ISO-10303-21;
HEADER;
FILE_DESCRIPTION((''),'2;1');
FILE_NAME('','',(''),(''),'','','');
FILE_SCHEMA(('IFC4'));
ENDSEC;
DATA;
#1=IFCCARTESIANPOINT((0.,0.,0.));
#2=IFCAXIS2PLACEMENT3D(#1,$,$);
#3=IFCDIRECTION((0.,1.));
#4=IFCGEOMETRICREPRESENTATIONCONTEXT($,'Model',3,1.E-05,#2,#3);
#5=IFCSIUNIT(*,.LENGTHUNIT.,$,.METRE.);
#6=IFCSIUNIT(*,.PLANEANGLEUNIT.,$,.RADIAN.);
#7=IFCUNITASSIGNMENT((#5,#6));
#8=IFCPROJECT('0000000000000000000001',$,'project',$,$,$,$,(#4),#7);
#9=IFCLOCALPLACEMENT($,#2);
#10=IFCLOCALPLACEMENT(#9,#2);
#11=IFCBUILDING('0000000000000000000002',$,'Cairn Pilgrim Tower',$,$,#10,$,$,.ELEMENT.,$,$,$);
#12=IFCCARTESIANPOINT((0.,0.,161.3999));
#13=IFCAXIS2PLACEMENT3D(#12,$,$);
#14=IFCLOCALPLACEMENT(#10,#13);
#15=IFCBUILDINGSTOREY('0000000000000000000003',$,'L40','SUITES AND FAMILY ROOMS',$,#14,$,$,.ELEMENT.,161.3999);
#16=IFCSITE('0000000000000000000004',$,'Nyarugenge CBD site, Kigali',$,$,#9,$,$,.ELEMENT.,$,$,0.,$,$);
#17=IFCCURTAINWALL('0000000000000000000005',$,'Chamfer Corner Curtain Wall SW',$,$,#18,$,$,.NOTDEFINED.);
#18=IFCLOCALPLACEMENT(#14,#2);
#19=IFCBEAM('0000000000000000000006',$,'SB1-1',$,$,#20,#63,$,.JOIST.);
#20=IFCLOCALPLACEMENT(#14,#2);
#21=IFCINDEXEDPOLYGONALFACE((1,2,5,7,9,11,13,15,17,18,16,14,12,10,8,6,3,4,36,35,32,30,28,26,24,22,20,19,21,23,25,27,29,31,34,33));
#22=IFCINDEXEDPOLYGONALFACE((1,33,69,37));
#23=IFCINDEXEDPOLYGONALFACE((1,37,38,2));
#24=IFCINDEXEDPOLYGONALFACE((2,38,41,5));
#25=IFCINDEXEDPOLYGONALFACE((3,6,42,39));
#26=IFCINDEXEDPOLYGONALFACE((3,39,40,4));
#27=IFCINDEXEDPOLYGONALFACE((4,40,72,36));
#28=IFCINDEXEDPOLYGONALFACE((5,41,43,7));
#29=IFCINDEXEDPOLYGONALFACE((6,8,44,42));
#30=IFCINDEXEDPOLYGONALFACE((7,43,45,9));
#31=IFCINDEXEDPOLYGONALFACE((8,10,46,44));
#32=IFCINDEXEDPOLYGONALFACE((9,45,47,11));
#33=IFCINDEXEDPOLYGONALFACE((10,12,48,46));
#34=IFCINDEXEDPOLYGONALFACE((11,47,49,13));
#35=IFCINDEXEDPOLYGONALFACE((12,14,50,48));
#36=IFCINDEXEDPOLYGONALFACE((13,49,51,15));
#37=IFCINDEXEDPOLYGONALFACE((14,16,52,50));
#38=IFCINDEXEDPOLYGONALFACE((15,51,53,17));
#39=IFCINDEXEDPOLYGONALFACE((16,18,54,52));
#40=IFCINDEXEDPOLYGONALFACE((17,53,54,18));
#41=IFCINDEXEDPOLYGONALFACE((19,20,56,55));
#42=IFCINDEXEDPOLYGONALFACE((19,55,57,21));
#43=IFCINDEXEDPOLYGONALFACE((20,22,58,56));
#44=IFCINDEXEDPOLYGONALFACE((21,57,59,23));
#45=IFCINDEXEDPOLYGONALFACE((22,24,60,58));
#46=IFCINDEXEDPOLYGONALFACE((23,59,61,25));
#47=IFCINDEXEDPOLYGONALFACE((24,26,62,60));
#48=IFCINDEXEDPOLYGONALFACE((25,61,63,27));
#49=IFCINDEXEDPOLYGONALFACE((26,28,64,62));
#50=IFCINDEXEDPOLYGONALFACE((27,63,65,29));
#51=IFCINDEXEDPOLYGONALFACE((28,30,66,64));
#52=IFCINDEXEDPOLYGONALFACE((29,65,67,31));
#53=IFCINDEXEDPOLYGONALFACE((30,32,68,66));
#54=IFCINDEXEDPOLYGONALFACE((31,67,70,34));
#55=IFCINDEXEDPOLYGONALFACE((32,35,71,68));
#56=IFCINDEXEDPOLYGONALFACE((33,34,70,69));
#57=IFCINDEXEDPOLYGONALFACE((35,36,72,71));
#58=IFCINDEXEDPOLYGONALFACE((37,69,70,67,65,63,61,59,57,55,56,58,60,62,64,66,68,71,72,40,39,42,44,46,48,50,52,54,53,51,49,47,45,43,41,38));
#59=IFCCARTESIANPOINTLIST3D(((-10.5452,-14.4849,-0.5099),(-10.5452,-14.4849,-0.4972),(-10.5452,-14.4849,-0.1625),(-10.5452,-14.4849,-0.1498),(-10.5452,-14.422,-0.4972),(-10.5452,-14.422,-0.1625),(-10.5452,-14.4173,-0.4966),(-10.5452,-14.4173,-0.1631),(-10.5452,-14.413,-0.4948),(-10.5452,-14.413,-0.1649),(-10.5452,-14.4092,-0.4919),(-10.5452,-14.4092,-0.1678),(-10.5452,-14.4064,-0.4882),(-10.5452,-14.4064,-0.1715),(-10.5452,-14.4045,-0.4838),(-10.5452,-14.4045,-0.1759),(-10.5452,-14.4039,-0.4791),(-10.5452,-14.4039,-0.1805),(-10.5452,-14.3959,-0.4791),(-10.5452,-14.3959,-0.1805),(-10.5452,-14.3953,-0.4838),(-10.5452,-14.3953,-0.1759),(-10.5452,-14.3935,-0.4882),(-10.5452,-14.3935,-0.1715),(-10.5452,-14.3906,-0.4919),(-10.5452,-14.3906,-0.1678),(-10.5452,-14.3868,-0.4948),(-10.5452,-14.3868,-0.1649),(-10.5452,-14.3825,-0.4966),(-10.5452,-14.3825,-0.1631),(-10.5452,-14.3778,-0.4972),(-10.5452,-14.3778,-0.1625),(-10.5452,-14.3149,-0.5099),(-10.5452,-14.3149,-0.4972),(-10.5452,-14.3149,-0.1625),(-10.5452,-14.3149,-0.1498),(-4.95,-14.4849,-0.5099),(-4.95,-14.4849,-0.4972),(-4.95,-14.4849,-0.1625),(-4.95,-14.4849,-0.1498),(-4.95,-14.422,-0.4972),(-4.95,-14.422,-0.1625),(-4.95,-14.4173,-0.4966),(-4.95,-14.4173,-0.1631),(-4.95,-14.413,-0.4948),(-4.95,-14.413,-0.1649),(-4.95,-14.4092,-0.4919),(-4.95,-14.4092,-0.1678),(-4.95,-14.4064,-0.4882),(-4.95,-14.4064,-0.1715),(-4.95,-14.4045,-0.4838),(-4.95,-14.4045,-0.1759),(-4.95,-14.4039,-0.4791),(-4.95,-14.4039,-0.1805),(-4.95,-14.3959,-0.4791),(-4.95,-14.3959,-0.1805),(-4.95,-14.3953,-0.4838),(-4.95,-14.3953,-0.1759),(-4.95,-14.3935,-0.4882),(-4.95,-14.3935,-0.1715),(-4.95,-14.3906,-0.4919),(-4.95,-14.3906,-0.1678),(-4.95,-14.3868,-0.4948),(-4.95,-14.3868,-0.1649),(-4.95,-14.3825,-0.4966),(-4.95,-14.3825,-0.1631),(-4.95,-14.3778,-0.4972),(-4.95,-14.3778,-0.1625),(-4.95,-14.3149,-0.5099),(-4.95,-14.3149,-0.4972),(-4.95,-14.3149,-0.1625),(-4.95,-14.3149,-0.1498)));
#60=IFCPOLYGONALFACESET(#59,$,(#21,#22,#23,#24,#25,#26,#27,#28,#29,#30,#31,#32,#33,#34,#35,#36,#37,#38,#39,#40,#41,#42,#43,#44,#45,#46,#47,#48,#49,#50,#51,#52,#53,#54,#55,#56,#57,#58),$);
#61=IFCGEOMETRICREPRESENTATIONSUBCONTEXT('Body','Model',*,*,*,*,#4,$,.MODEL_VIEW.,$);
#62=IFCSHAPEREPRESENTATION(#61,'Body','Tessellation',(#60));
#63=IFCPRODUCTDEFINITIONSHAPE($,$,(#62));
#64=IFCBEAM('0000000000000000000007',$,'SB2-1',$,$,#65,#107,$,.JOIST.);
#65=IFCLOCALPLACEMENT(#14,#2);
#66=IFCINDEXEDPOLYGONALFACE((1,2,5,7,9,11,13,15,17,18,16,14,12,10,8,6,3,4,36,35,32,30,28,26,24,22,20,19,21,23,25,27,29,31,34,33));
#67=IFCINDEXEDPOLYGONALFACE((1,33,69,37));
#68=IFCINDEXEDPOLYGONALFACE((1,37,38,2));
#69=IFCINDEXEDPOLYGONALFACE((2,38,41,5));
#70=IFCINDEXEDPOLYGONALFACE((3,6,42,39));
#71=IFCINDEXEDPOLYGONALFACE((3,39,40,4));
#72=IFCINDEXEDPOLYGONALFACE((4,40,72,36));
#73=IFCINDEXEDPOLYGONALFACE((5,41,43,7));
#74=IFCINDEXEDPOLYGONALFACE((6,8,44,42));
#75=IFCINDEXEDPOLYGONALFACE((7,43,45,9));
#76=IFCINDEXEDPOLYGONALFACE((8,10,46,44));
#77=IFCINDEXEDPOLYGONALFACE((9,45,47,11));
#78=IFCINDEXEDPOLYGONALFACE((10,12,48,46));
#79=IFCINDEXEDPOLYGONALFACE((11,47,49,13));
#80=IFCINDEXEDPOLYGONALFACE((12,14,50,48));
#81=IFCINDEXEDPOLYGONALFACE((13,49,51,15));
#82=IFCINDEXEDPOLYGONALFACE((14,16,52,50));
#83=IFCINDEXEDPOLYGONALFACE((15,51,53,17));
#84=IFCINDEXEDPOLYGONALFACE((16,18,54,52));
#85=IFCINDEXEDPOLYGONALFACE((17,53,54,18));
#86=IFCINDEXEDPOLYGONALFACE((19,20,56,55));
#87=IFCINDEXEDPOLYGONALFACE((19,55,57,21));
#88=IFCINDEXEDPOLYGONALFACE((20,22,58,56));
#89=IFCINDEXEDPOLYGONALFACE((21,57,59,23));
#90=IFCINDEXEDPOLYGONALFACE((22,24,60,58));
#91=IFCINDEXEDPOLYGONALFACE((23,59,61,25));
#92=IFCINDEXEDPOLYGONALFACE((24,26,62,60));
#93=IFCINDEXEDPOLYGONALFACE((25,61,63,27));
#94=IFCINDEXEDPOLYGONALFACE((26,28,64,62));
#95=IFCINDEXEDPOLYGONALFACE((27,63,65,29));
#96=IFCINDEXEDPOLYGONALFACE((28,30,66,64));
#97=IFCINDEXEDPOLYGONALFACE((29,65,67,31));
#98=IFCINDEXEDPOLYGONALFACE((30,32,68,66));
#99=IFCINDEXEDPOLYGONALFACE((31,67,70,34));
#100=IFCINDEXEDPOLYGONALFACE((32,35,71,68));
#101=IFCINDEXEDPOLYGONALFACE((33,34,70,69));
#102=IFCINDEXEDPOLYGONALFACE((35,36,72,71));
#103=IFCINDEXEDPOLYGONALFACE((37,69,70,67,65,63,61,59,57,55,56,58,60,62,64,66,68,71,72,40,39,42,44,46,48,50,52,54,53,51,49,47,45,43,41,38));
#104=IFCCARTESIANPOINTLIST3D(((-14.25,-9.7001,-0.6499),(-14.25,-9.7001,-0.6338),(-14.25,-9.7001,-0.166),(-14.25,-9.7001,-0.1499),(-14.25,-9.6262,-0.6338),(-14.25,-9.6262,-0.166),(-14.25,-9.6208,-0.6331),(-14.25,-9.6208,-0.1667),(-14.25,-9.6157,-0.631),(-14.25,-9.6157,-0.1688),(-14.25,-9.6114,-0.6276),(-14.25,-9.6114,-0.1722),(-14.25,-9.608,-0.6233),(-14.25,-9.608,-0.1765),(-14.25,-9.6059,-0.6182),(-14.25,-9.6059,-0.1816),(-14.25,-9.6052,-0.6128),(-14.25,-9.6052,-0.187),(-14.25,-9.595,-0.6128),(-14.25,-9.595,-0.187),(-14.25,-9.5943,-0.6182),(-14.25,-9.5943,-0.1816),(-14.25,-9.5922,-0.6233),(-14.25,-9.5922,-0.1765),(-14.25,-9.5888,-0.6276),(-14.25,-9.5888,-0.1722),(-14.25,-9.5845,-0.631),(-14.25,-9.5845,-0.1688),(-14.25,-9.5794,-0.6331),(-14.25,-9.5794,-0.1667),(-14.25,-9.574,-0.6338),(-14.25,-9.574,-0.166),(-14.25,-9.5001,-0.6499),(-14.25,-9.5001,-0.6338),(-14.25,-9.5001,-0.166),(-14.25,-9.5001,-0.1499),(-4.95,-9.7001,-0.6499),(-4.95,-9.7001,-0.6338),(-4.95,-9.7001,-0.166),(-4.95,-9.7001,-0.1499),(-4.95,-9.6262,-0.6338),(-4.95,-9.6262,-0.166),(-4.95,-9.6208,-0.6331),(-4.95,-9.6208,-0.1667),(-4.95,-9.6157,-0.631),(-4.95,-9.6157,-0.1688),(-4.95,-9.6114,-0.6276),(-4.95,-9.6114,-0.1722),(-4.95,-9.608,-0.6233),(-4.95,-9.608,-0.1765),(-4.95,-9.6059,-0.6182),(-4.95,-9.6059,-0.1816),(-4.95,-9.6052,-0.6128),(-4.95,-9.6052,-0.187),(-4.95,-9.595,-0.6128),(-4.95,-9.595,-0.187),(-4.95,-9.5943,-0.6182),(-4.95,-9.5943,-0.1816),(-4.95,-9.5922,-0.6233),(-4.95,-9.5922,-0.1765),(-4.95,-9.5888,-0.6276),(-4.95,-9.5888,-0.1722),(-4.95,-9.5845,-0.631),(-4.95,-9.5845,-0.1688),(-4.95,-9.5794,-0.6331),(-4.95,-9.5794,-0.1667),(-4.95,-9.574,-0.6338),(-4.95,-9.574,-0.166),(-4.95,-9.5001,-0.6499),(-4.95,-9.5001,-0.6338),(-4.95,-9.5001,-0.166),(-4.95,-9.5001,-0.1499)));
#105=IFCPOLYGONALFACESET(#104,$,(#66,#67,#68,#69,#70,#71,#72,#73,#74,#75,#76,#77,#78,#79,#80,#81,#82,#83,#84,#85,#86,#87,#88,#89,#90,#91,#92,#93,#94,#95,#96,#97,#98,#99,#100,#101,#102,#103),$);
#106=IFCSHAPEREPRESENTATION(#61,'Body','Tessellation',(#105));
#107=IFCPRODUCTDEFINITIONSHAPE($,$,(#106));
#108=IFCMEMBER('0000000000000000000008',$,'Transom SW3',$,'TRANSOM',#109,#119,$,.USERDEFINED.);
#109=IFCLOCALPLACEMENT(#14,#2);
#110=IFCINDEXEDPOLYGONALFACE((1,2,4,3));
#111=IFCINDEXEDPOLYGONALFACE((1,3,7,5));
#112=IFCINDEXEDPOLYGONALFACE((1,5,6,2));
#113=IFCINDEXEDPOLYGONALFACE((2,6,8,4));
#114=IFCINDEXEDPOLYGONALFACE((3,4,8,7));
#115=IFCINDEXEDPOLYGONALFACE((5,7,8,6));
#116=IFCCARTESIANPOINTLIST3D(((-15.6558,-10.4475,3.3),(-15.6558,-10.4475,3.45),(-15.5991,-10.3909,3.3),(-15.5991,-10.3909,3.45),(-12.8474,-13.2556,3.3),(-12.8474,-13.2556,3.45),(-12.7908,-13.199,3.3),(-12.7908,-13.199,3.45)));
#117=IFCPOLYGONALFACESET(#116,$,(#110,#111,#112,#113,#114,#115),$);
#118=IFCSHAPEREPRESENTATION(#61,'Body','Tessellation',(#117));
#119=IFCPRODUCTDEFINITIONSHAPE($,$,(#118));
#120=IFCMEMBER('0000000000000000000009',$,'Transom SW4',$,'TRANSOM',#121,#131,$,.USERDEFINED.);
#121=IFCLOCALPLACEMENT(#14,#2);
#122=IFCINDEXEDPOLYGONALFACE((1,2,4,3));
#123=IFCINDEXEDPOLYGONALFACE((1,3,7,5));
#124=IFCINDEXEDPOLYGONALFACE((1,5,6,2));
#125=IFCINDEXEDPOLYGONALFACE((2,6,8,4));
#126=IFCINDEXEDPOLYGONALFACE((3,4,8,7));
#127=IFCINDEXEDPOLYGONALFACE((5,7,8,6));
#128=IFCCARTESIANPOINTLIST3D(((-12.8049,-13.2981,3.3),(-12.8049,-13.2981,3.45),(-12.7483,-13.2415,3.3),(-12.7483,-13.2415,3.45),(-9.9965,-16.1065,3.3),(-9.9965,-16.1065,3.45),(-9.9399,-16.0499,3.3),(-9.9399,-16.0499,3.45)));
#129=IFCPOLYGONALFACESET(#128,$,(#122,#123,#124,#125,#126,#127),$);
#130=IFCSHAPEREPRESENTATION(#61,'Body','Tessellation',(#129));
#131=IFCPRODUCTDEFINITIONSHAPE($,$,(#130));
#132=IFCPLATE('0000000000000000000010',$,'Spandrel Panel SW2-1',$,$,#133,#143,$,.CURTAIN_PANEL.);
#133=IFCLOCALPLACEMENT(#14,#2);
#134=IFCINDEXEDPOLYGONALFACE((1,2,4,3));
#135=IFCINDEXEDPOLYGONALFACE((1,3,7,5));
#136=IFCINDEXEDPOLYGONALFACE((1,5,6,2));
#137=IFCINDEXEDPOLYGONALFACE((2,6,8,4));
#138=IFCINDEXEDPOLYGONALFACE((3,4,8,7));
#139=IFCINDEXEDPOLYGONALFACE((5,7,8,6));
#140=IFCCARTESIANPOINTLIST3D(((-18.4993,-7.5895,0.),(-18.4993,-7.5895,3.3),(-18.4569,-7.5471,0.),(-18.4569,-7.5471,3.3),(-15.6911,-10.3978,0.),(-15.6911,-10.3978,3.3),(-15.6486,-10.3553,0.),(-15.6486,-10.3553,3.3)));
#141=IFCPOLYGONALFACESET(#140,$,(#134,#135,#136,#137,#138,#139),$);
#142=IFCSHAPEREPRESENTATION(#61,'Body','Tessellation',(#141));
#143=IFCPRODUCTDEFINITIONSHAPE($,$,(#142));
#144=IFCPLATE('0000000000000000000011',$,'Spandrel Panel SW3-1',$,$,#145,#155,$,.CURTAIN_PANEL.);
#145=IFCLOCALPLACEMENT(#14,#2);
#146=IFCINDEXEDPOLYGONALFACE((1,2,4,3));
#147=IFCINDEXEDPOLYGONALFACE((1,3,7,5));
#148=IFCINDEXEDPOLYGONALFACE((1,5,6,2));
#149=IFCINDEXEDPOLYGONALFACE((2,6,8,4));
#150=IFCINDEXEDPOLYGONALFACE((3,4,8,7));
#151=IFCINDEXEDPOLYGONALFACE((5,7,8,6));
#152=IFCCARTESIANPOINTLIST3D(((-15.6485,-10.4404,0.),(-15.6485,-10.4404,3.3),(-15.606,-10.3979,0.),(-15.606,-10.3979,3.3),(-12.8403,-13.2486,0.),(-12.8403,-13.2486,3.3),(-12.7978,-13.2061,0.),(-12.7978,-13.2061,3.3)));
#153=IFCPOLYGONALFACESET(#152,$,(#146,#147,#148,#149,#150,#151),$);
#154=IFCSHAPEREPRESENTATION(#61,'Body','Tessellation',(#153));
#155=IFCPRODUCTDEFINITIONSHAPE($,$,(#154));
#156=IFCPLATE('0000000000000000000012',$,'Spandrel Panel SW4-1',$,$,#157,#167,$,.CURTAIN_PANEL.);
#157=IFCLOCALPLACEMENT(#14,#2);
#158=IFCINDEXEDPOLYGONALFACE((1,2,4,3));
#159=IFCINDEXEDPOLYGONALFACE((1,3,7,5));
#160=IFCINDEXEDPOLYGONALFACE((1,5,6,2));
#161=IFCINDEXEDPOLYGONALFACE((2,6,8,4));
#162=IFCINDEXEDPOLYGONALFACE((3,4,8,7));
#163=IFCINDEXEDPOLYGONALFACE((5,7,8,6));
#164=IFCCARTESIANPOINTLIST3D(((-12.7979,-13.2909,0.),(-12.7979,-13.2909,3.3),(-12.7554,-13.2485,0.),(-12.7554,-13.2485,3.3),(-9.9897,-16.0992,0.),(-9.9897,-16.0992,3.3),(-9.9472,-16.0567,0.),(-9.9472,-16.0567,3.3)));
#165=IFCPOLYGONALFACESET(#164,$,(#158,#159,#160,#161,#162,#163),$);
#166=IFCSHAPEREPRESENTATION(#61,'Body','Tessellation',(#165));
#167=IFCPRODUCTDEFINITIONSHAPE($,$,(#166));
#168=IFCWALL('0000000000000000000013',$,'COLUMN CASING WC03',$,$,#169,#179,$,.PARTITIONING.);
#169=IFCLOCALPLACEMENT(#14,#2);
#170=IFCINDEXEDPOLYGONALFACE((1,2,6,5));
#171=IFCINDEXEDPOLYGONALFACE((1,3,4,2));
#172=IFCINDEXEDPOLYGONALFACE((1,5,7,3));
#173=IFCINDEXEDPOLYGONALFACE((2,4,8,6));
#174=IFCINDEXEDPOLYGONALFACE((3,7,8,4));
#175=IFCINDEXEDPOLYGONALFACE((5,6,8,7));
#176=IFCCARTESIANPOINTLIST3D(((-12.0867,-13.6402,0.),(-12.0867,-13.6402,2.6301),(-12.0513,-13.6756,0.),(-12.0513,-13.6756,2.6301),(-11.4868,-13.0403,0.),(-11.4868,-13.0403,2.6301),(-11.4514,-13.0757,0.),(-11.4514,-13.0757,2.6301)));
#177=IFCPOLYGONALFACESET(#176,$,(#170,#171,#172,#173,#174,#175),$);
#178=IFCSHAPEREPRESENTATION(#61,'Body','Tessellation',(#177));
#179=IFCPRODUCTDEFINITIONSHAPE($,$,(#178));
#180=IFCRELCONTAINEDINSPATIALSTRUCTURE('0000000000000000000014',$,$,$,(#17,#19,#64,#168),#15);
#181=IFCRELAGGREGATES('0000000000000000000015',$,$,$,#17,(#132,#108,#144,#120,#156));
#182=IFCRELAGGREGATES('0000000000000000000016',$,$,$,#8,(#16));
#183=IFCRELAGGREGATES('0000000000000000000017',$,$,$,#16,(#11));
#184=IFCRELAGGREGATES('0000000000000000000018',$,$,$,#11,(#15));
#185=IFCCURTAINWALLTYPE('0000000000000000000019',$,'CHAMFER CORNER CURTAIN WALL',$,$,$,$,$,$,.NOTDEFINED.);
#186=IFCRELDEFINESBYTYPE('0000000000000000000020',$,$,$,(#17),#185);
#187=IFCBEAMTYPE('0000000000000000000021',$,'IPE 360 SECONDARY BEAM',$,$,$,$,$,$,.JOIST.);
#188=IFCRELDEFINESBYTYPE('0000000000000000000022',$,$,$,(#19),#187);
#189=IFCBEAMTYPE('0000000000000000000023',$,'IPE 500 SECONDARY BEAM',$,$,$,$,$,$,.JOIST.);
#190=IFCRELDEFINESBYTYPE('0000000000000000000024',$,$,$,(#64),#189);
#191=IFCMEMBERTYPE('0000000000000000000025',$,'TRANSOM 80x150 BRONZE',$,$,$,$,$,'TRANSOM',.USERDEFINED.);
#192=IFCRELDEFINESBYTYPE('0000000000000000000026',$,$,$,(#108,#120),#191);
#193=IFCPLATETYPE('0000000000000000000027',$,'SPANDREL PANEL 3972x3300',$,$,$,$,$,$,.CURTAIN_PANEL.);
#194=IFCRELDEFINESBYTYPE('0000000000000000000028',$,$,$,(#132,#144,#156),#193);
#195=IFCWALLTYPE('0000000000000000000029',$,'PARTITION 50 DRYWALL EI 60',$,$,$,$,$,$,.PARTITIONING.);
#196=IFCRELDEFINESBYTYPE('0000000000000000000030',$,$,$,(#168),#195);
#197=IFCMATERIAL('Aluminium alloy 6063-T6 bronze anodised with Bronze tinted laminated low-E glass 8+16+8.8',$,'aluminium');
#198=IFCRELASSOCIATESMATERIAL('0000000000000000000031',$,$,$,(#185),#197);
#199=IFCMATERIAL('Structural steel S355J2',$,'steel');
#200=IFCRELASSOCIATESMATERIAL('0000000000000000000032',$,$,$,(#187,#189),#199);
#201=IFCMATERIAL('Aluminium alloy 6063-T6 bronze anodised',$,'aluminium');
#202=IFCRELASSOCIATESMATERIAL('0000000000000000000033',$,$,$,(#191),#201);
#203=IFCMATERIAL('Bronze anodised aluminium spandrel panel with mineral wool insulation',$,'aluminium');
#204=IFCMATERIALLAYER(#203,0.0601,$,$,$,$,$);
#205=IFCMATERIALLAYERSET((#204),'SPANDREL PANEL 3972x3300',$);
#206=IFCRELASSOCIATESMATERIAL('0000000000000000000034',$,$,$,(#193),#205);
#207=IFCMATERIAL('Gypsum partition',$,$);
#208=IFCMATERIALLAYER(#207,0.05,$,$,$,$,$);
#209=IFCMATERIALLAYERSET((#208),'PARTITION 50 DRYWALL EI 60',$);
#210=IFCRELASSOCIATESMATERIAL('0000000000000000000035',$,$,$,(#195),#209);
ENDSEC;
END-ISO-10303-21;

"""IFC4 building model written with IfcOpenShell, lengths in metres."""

from ifc_helpers import new_model, si_unit, direction, frame, frame_2d, origin, origin_2d, place, context, subcontext, project, spatial, rectangle, i_section, extrude, material, layer, layer_set, material_profile, profile_set, type_object, element, aggregate, save


model = new_model("IFC4")

# Units and contexts
model_context = context("Model", 3, precision=1e-05, world=origin(), true_north=direction((0.0, 1.0)))
body_context = subcontext(model_context, "Body", "Model", "MODEL_VIEW")
ifc_project = project(units=[si_unit("LENGTHUNIT", "METRE"), si_unit("PLANEANGLEUNIT", "RADIAN")], contexts=[model_context])

# Site, building, storey
site_placement = place(None, origin())
site = spatial("IfcSite", under=ifc_project, at=site_placement, Name="Nyarugenge CBD site, Kigali", CompositionType="ELEMENT", RefElevation=0.0)
building_placement = place(site_placement, origin())
building = spatial("IfcBuilding", under=site, at=building_placement, Name="Cairn Pilgrim Tower", CompositionType="ELEMENT")
storey_placement = place(building_placement, frame((0.0, 0.0, 161.3999)))
storey = spatial("IfcBuildingStorey", under=building, at=storey_placement, Name="L40", Description="SUITES AND FAMILY ROOMS", CompositionType="ELEMENT", Elevation=161.3999)

# Shared definitions
ifc_material_1 = material(Name="Structural steel S355J2", Category="steel")

# Curtain wall
ifc_material_2 = material(Name="Aluminium alloy 6063-T6 bronze anodised with Bronze tinted laminated low-E glass 8+16+8.8", Category="aluminium")
curtain_wall_type = type_object("IfcCurtainWallType", Name="CHAMFER CORNER CURTAIN WALL", PredefinedType="NOTDEFINED", material=ifc_material_2)
curtain_wall_placement = place(storey_placement, origin())
curtain_wall = element("IfcCurtainWall", 1, at=curtain_wall_placement, inside=storey, type_object=curtain_wall_type, Name="Chamfer Corner Curtain Wall SW", PredefinedType="NOTDEFINED")
ifc_material_3 = material(Name="Aluminium alloy 6063-T6 bronze anodised", Category="aluminium")

# Beams
ifc_material_profile_1 = material_profile(ifc_material_1, i_section(OverallWidth=0.1699, OverallDepth=0.3601, WebThickness=0.0081, FlangeThickness=0.0127, FilletRadius=0.0181, at=origin_2d()), Name="IPE 360")
ifc_profile_set_1 = profile_set([ifc_material_profile_1], Name="Structural steel S355J2")
beam_type_1 = type_object("IfcBeamType", Name="IPE 360 SECONDARY BEAM", PredefinedType="JOIST", material=ifc_profile_set_1)
beam_1_placement = place(storey_placement, frame((-10.5452, -14.3999, -0.3298), z_axis=(1.0, 0.0, 0.0), x_axis=(0.0, 1.0, 0.0)))
element("IfcBeam", 2, at=beam_1_placement, inside=storey, type_object=beam_type_1, Name="SB1-1", PredefinedType="JOIST", context=body_context, shape_type="SweptSolid", body=[
    extrude(i_section(OverallWidth=0.1699, OverallDepth=0.3601, WebThickness=0.0081, FlangeThickness=0.0127, FilletRadius=0.0181, at=origin_2d()), origin(), (0.0, 0.0, 1.0), 5.5952),
])
ifc_material_profile_2 = material_profile(ifc_material_1, i_section(OverallWidth=0.2, OverallDepth=0.5, WebThickness=0.0103, FlangeThickness=0.0161, FilletRadius=0.021, at=origin_2d()), Name="IPE 500")
ifc_profile_set_2 = profile_set([ifc_material_profile_2], Name="Structural steel S355J2")
beam_type_2 = type_object("IfcBeamType", Name="IPE 500 SECONDARY BEAM", PredefinedType="JOIST", material=ifc_profile_set_2)
beam_2_placement = place(storey_placement, frame((-14.25, -9.6001, -0.3999), z_axis=(1.0, 0.0, 0.0), x_axis=(0.0, 1.0, 0.0)))
element("IfcBeam", 3, at=beam_2_placement, inside=storey, type_object=beam_type_2, Name="SB2-1", PredefinedType="JOIST", context=body_context, shape_type="SweptSolid", body=[
    extrude(i_section(OverallWidth=0.2, OverallDepth=0.5, WebThickness=0.0103, FlangeThickness=0.0161, FilletRadius=0.021, at=origin_2d()), origin(), (0.0, 0.0, 1.0), 9.3),
])

# Members
ifc_material_profile_3 = material_profile(ifc_material_3, rectangle(XDim=0.0801, YDim=0.1499, at=origin_2d()), Name="TRANSOM 80x150 BRONZE")
ifc_profile_set_3 = profile_set([ifc_material_profile_3], Name="Aluminium alloy 6063-T6 bronze anodised")
member_type_1 = type_object("IfcMemberType", Name="TRANSOM 80x150 BRONZE", ElementType="TRANSOM", PredefinedType="USERDEFINED", material=ifc_profile_set_3)
member_1_placement = place(storey_placement, frame((-15.6274, -10.4192, 3.375), z_axis=(0.707138, -0.707076, 0.0), x_axis=(0.707076, 0.707138, 0.0)))
member_1 = element("IfcMember", 4, at=member_1_placement, type_object=member_type_1, Name="Transom SW3", ObjectType="TRANSOM", PredefinedType="USERDEFINED", context=body_context, shape_type="SweptSolid", body=[
    extrude(rectangle(XDim=0.0801, YDim=0.1499, at=origin_2d()), origin(), (0.0, 0.0, 1.0), 3.9714),
])
member_2_placement = place(storey_placement, frame((-12.7766, -13.2698, 3.375), z_axis=(0.707107, -0.707107, 0.0), x_axis=(0.707107, 0.707107, 0.0)))
member_2 = element("IfcMember", 5, at=member_2_placement, type_object=member_type_1, Name="Transom SW4", ObjectType="TRANSOM", PredefinedType="USERDEFINED", context=body_context, shape_type="SweptSolid", body=[
    extrude(rectangle(XDim=0.0801, YDim=0.1499, at=origin_2d()), origin(), (0.0, 0.0, 1.0), 3.9717),
])

# Plates
ifc_material_4 = material(Name="Bronze anodised aluminium spandrel panel with mineral wool insulation", Category="aluminium")
ifc_layer_1 = layer(ifc_material_4, 0.0601)
ifc_layer_set_1 = layer_set([ifc_layer_1], Name="SPANDREL PANEL 3972x3300")
plate_type = type_object("IfcPlateType", Name="SPANDREL PANEL 3972x3300", PredefinedType="CURTAIN_PANEL", material=ifc_layer_set_1)
plate_1_placement = place(storey_placement, frame((-17.074, -8.9724, 0.0), z_axis=(0.0, 0.0, 1.0), x_axis=(0.707107, -0.707107, 0.0)))
plate_1 = element("IfcPlate", 6, at=plate_1_placement, type_object=plate_type, Name="Spandrel Panel SW2-1", PredefinedType="CURTAIN_PANEL", context=body_context, shape_type="SweptSolid", body=[
    extrude(rectangle(XDim=3.9714, YDim=0.0601, at=origin_2d()), origin(), (0.0, 0.0, 1.0), 3.3),
])
plate_2_placement = place(storey_placement, frame((-14.2231, -11.8232, 0.0), z_axis=(0.0, 0.0, 1.0), x_axis=(0.707107, -0.707107, 0.0)))
plate_2 = element("IfcPlate", 7, at=plate_2_placement, type_object=plate_type, Name="Spandrel Panel SW3-1", PredefinedType="CURTAIN_PANEL", context=body_context, shape_type="SweptSolid", body=[
    extrude(rectangle(XDim=3.9714, YDim=0.0601, at=origin_2d()), origin(), (0.0, 0.0, 1.0), 3.3),
])
plate_3_placement = place(storey_placement, frame((-11.3726, -14.6738, 0.0), z_axis=(0.0, 0.0, 1.0), x_axis=(0.707107, -0.707107, 0.0)))
plate_3 = element("IfcPlate", 8, at=plate_3_placement, type_object=plate_type, Name="Spandrel Panel SW4-1", PredefinedType="CURTAIN_PANEL", context=body_context, shape_type="SweptSolid", body=[
    extrude(rectangle(XDim=3.9714, YDim=0.0601, at=origin_2d()), origin(), (0.0, 0.0, 1.0), 3.3),
])
aggregate(curtain_wall, [plate_1, member_1, plate_2, member_2, plate_3])

# Wall
ifc_material_5 = material(Name="Gypsum partition")
ifc_layer_2 = layer(ifc_material_5, 0.05)
ifc_layer_set_2 = layer_set([ifc_layer_2], Name="PARTITION 50 DRYWALL EI 60")
wall_type_1 = type_object("IfcWallType", Name="PARTITION 50 DRYWALL EI 60", PredefinedType="PARTITIONING", material=ifc_layer_set_2)
wall_1_placement = place(storey_placement, frame((-12.0691, -13.658, 0.0), z_axis=(0.0, 0.0, 1.0), x_axis=(0.707107, 0.707107, 0.0)))
element("IfcWall", 9, at=wall_1_placement, inside=storey, type_object=wall_type_1, Name="COLUMN CASING WC03", PredefinedType="PARTITIONING", context=body_context, shape_type="SweptSolid", body=[
    extrude(rectangle(XDim=0.8484, YDim=0.05, at=frame_2d((0.4243, 0.0))), origin(), (0.0, 0.0, 1.0), 2.6301),
])

save(model, "model.ifc")
